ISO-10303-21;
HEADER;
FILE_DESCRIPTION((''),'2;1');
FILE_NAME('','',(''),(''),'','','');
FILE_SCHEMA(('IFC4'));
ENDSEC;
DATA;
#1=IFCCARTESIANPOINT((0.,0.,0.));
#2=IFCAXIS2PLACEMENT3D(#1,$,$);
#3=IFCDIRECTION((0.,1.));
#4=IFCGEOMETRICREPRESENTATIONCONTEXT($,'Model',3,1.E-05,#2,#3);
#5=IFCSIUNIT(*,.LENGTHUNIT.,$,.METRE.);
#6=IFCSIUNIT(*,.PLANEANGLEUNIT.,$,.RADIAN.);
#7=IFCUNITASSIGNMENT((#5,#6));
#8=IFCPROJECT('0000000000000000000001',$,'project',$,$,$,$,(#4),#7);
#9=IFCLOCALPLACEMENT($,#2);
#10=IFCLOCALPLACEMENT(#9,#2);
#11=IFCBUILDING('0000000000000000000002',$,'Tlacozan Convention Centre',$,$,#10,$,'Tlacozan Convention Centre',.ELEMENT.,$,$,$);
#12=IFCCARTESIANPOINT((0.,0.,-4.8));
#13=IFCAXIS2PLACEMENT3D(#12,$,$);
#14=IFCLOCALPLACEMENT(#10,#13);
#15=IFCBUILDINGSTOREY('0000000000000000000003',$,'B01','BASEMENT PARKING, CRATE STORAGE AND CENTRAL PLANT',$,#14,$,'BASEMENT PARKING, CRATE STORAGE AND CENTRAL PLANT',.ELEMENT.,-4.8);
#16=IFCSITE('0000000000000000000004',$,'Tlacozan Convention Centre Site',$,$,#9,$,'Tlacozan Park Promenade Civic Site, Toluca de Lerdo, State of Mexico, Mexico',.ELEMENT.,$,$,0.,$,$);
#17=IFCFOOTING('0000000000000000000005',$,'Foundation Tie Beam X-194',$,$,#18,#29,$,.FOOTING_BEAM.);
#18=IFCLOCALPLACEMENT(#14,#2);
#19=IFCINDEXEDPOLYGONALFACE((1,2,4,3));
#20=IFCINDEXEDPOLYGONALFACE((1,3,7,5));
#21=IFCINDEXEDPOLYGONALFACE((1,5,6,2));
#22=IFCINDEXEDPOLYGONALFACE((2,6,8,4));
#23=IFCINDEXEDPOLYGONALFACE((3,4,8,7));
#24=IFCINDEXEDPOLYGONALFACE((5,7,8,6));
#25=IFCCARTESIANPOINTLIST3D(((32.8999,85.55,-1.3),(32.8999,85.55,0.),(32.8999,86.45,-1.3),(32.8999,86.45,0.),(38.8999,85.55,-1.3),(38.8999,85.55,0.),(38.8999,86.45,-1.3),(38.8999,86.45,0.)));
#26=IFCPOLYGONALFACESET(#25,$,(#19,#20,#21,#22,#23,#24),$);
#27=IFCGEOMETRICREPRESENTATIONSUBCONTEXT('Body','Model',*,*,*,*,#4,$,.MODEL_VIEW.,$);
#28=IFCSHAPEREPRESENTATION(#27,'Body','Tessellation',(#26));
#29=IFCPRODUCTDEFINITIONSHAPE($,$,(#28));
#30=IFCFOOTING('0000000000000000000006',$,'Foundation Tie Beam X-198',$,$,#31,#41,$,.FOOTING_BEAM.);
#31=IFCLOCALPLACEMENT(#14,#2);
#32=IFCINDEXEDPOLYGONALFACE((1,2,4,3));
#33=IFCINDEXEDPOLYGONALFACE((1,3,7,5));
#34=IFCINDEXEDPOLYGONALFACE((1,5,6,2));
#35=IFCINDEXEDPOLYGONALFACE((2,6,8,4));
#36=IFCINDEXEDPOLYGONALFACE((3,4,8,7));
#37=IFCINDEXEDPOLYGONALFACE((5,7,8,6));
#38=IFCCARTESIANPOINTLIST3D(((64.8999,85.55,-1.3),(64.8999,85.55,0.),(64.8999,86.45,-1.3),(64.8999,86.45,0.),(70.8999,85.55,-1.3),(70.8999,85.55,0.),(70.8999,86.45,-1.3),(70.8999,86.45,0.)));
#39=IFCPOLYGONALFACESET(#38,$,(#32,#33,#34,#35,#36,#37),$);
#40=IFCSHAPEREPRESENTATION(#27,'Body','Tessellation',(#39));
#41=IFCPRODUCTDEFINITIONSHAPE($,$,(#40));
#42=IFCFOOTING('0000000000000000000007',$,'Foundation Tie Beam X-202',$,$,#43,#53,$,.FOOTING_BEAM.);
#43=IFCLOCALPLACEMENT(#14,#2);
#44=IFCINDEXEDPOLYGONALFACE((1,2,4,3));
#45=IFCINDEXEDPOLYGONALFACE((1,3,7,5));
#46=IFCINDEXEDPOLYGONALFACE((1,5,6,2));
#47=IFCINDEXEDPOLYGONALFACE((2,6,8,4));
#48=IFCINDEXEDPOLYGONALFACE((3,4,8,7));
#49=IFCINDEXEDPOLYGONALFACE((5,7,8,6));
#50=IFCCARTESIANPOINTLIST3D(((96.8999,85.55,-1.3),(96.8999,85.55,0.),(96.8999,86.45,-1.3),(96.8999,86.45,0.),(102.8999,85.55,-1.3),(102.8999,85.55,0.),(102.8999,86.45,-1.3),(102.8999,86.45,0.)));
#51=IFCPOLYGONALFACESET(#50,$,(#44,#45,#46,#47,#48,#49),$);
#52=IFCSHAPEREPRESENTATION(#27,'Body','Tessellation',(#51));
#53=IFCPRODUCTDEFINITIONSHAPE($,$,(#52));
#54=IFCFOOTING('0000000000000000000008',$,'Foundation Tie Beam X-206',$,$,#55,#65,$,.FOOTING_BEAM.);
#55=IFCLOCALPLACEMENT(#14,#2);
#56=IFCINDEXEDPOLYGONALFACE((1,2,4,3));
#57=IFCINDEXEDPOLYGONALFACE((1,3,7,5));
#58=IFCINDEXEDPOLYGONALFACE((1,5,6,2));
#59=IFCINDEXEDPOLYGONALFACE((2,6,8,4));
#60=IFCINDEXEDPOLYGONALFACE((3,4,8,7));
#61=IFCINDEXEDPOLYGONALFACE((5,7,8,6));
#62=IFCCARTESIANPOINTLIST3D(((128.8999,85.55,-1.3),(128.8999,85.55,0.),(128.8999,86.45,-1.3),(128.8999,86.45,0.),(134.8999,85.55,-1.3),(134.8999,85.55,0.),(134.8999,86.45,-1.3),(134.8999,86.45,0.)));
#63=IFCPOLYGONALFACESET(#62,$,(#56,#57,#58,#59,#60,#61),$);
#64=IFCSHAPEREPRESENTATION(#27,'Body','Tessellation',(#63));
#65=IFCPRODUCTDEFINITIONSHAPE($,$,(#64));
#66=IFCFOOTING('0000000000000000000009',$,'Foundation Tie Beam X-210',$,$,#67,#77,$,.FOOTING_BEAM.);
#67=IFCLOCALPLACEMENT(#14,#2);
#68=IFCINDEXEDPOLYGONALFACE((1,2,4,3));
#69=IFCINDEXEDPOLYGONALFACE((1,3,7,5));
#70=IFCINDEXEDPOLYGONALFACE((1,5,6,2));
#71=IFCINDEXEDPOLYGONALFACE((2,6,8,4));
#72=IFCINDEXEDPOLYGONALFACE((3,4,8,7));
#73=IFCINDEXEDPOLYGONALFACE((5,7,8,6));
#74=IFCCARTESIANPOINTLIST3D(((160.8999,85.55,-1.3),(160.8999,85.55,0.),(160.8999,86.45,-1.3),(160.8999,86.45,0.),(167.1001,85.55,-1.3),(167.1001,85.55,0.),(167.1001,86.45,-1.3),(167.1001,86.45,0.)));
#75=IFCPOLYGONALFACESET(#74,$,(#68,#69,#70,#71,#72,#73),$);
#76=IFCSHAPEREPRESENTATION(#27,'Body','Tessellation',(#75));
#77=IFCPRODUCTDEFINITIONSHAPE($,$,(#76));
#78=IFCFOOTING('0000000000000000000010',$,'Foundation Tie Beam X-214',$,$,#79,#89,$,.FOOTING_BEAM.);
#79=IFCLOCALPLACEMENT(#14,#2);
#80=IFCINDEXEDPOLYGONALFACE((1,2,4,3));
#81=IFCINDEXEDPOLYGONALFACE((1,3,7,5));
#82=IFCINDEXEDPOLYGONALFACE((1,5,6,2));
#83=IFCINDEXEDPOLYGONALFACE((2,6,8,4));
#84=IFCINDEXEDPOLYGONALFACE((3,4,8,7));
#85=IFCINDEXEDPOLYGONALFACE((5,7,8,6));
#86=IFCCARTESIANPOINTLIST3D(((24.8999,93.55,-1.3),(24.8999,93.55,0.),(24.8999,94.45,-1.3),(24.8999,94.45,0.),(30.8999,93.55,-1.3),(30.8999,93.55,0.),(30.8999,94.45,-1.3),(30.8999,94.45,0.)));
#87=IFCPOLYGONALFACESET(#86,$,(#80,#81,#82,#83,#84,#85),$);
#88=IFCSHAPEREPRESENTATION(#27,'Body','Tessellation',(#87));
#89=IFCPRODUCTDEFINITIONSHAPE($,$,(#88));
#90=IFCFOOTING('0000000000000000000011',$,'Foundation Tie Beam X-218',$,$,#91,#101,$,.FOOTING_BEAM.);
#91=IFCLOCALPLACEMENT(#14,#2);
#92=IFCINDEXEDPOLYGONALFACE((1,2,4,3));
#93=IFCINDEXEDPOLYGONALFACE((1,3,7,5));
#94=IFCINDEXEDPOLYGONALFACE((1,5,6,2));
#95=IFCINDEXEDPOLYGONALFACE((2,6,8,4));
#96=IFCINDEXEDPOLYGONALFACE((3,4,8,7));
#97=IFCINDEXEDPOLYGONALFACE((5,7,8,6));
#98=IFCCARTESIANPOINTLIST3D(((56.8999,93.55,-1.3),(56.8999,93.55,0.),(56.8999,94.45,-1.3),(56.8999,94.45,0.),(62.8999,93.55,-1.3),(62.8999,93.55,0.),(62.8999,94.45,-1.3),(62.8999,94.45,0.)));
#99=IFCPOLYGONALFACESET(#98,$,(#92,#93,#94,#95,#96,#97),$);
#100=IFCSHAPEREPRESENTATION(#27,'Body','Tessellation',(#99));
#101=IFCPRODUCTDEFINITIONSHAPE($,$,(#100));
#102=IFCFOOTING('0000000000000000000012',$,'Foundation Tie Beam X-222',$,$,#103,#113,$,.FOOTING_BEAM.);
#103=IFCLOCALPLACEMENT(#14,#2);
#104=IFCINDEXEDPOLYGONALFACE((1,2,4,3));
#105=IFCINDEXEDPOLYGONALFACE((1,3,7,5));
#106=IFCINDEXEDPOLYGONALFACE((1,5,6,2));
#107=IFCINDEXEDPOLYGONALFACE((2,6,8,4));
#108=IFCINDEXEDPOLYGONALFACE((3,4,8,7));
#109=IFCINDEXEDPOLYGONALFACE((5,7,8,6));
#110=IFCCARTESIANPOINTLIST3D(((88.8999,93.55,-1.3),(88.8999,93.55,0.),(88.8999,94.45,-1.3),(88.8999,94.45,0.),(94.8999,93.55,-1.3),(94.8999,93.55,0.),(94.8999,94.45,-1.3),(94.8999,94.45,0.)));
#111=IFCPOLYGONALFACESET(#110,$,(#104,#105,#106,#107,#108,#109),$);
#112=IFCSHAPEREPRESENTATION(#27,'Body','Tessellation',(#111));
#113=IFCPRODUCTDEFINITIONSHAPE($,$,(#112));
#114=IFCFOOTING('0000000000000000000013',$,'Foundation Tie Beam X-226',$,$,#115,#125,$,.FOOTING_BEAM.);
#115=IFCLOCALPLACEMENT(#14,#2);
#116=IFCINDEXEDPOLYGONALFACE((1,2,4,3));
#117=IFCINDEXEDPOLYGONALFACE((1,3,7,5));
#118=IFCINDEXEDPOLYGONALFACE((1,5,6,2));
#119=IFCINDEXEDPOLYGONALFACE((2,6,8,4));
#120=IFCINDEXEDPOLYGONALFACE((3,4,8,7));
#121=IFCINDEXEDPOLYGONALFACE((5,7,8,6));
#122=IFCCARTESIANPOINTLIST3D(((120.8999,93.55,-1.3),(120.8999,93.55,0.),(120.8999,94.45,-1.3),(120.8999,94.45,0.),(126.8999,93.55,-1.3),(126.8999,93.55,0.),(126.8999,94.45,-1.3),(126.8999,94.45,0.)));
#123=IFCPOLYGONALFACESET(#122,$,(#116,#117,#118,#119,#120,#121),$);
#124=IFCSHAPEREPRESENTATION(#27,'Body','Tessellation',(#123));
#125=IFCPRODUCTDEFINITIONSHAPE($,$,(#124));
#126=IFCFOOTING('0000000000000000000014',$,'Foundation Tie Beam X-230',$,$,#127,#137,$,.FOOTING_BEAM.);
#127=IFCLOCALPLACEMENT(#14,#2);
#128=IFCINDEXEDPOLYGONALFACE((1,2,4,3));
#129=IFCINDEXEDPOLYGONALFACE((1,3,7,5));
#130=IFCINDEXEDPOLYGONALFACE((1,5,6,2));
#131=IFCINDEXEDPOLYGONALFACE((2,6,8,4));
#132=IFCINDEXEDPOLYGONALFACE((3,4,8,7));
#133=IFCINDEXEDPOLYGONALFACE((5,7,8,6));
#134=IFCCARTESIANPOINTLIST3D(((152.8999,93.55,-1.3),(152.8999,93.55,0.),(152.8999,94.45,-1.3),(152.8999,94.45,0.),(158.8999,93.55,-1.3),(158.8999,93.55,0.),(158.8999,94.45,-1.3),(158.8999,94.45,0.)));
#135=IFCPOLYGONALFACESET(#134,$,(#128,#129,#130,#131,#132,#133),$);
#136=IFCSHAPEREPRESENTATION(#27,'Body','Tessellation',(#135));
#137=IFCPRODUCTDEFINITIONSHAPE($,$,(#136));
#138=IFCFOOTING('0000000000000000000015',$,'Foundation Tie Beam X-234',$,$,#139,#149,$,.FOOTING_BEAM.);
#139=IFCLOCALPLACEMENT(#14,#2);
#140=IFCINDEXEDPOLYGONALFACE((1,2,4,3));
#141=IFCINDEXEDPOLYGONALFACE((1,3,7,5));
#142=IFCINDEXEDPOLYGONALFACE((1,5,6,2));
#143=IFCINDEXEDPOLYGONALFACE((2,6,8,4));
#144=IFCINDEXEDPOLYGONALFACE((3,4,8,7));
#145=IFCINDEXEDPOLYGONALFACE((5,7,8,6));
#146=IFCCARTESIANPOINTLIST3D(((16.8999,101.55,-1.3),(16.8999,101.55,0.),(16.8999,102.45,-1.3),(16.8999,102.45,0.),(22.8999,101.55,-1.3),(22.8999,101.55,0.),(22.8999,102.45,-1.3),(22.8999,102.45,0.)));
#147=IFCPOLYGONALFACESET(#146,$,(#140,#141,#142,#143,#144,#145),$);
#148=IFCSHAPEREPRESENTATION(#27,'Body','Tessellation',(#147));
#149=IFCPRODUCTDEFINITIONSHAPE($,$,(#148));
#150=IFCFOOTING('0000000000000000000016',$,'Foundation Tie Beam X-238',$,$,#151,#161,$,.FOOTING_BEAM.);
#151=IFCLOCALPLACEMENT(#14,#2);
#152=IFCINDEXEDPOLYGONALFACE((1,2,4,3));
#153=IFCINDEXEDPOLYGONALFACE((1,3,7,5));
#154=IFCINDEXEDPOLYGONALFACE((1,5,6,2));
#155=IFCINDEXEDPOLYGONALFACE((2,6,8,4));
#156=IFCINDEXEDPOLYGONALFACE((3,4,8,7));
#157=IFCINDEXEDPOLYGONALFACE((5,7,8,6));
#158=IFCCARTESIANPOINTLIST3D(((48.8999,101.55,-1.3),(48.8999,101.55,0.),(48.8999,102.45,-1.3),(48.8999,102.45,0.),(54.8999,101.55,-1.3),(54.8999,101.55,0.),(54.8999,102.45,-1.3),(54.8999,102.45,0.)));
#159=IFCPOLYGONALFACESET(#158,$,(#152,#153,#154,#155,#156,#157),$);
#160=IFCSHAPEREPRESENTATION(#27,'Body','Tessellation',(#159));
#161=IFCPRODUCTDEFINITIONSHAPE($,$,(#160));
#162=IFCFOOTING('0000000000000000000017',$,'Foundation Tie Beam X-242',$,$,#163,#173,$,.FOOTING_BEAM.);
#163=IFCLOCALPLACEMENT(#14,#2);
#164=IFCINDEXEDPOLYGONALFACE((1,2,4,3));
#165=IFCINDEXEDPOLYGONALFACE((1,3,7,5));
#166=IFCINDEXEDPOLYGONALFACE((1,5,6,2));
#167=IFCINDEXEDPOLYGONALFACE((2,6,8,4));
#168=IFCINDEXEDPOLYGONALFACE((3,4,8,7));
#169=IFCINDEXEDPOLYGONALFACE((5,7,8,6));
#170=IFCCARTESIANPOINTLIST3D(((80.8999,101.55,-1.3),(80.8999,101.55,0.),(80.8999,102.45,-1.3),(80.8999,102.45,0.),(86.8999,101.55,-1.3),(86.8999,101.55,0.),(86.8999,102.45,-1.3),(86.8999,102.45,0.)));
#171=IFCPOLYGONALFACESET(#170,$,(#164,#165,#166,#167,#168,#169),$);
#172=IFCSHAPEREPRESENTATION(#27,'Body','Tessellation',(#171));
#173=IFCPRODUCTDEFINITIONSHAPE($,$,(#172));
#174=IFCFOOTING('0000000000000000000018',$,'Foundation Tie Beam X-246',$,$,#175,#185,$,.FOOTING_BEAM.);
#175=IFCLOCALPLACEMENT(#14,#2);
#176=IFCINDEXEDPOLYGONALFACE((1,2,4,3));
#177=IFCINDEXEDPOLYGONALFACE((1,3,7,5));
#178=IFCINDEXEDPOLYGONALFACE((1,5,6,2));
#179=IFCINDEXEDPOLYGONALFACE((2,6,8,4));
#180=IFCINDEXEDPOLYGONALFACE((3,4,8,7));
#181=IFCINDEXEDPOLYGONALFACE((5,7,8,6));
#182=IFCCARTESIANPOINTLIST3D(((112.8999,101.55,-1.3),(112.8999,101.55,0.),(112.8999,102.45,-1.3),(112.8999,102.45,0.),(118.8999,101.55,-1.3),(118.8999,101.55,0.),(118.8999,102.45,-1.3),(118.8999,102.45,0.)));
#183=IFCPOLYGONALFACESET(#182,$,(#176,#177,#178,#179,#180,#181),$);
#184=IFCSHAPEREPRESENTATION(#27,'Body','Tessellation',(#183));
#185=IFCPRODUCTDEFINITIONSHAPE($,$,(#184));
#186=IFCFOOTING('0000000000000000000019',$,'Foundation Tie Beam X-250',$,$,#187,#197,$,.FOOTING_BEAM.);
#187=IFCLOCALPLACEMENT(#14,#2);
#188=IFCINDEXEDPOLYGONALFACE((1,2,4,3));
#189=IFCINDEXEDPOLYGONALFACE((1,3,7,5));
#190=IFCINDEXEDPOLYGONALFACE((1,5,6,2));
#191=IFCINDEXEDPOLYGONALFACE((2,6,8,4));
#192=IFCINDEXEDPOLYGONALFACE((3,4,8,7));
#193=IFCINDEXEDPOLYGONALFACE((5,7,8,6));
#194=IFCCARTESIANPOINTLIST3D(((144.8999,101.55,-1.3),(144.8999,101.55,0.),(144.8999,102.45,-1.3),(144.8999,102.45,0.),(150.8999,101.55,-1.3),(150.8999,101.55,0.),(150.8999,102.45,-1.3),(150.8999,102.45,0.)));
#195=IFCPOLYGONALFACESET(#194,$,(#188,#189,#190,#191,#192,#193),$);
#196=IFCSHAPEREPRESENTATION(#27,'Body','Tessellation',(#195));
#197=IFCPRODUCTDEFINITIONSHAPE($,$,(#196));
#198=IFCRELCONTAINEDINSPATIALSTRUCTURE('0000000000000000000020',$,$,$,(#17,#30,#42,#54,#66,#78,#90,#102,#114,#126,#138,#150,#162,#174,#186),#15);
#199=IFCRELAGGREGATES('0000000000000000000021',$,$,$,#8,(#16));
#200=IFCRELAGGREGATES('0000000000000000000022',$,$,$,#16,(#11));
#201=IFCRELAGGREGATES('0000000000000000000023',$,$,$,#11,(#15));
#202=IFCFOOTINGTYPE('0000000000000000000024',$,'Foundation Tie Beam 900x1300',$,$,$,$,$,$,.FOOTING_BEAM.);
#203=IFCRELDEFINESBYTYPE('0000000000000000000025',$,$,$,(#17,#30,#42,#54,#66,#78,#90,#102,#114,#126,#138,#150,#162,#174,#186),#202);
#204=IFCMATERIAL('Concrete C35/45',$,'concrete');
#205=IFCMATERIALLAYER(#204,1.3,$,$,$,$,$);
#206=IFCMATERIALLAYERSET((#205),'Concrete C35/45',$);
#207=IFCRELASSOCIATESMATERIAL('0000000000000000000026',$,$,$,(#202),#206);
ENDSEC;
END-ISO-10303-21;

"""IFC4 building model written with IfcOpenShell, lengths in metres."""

from ifc_helpers import new_model, si_unit, direction, frame, origin, place, context, subcontext, project, spatial, polyline, outline, extrude, material, layer, layer_set, type_object, element, save


model = new_model("IFC4")

# Units and contexts
model_context = context("Model", 3, precision=1e-05, world=origin(), true_north=direction((0.0, 1.0)))
body_context = subcontext(model_context, "Body", "Model", "MODEL_VIEW")
ifc_project = project(units=[si_unit("LENGTHUNIT", "METRE"), si_unit("PLANEANGLEUNIT", "RADIAN")], contexts=[model_context])

# Site, building, storey
site_placement = place(None, origin())
site = spatial("IfcSite", under=ifc_project, at=site_placement, Name="Tlacozan Convention Centre Site", LongName="Tlacozan Park Promenade Civic Site, Toluca de Lerdo, State of Mexico, Mexico", CompositionType="ELEMENT", RefElevation=0.0)
building_placement = place(site_placement, origin())
building = spatial("IfcBuilding", under=site, at=building_placement, Name="Tlacozan Convention Centre", LongName="Tlacozan Convention Centre", CompositionType="ELEMENT")
storey_placement = place(building_placement, frame((0.0, 0.0, -4.8)))
storey = spatial("IfcBuildingStorey", under=building, at=storey_placement, Name="B01", Description="BASEMENT PARKING, CRATE STORAGE AND CENTRAL PLANT", LongName="BASEMENT PARKING, CRATE STORAGE AND CENTRAL PLANT", CompositionType="ELEMENT", Elevation=-4.8)

# Footings
ifc_material = material(Name="Concrete C35/45", Category="concrete")
ifc_layer = layer(ifc_material, 1.3)
ifc_layer_set = layer_set([ifc_layer], Name="Concrete C35/45")
footing_type = type_object("IfcFootingType", Name="Foundation Tie Beam 900x1300", PredefinedType="FOOTING_BEAM", material=ifc_layer_set)
footing_1_placement = place(storey_placement, frame((0.0, 0.0, -1.3)))
element("IfcFooting", 1, at=footing_1_placement, inside=storey, type_object=footing_type, Name="Foundation Tie Beam X-194", PredefinedType="FOOTING_BEAM", context=body_context, shape_type="SweptSolid", body=[
    extrude(outline(polyline([(32.8999, 85.55), (38.8999, 85.55), (38.8999, 86.45), (32.8999, 86.45), (32.8999, 85.55)])), origin(), (0.0, 0.0, 1.0), 1.3),
])
footing_2_placement = place(storey_placement, frame((0.0, 0.0, -1.3)))
element("IfcFooting", 2, at=footing_2_placement, inside=storey, type_object=footing_type, Name="Foundation Tie Beam X-198", PredefinedType="FOOTING_BEAM", context=body_context, shape_type="SweptSolid", body=[
    extrude(outline(polyline([(64.8999, 85.55), (70.8999, 85.55), (70.8999, 86.45), (64.8999, 86.45), (64.8999, 85.55)])), origin(), (0.0, 0.0, 1.0), 1.3),
])
footing_3_placement = place(storey_placement, frame((0.0, 0.0, -1.3)))
element("IfcFooting", 3, at=footing_3_placement, inside=storey, type_object=footing_type, Name="Foundation Tie Beam X-202", PredefinedType="FOOTING_BEAM", context=body_context, shape_type="SweptSolid", body=[
    extrude(outline(polyline([(96.8999, 85.55), (102.8999, 85.55), (102.8999, 86.45), (96.8999, 86.45), (96.8999, 85.55)])), origin(), (0.0, 0.0, 1.0), 1.3),
])
footing_4_placement = place(storey_placement, frame((0.0, 0.0, -1.3)))
element("IfcFooting", 4, at=footing_4_placement, inside=storey, type_object=footing_type, Name="Foundation Tie Beam X-206", PredefinedType="FOOTING_BEAM", context=body_context, shape_type="SweptSolid", body=[
    extrude(outline(polyline([(128.8999, 85.55), (134.8999, 85.55), (134.8999, 86.45), (128.8999, 86.45), (128.8999, 85.55)])), origin(), (0.0, 0.0, 1.0), 1.3),
])
footing_5_placement = place(storey_placement, frame((0.0, 0.0, -1.3)))
element("IfcFooting", 5, at=footing_5_placement, inside=storey, type_object=footing_type, Name="Foundation Tie Beam X-210", PredefinedType="FOOTING_BEAM", context=body_context, shape_type="SweptSolid", body=[
    extrude(outline(polyline([(160.8999, 85.55), (167.1001, 85.55), (167.1001, 86.45), (160.8999, 86.45), (160.8999, 85.55)])), origin(), (0.0, 0.0, 1.0), 1.3),
])
footing_6_placement = place(storey_placement, frame((0.0, 0.0, -1.3)))
element("IfcFooting", 6, at=footing_6_placement, inside=storey, type_object=footing_type, Name="Foundation Tie Beam X-214", PredefinedType="FOOTING_BEAM", context=body_context, shape_type="SweptSolid", body=[
    extrude(outline(polyline([(24.8999, 93.55), (30.8999, 93.55), (30.8999, 94.45), (24.8999, 94.45), (24.8999, 93.55)])), origin(), (0.0, 0.0, 1.0), 1.3),
])
footing_7_placement = place(storey_placement, frame((0.0, 0.0, -1.3)))
element("IfcFooting", 7, at=footing_7_placement, inside=storey, type_object=footing_type, Name="Foundation Tie Beam X-218", PredefinedType="FOOTING_BEAM", context=body_context, shape_type="SweptSolid", body=[
    extrude(outline(polyline([(56.8999, 93.55), (62.8999, 93.55), (62.8999, 94.45), (56.8999, 94.45), (56.8999, 93.55)])), origin(), (0.0, 0.0, 1.0), 1.3),
])
footing_8_placement = place(storey_placement, frame((0.0, 0.0, -1.3)))
element("IfcFooting", 8, at=footing_8_placement, inside=storey, type_object=footing_type, Name="Foundation Tie Beam X-222", PredefinedType="FOOTING_BEAM", context=body_context, shape_type="SweptSolid", body=[
    extrude(outline(polyline([(88.8999, 93.55), (94.8999, 93.55), (94.8999, 94.45), (88.8999, 94.45), (88.8999, 93.55)])), origin(), (0.0, 0.0, 1.0), 1.3),
])
footing_9_placement = place(storey_placement, frame((0.0, 0.0, -1.3)))
element("IfcFooting", 9, at=footing_9_placement, inside=storey, type_object=footing_type, Name="Foundation Tie Beam X-226", PredefinedType="FOOTING_BEAM", context=body_context, shape_type="SweptSolid", body=[
    extrude(outline(polyline([(120.8999, 93.55), (126.8999, 93.55), (126.8999, 94.45), (120.8999, 94.45), (120.8999, 93.55)])), origin(), (0.0, 0.0, 1.0), 1.3),
])
footing_10_placement = place(storey_placement, frame((0.0, 0.0, -1.3)))
element("IfcFooting", 10, at=footing_10_placement, inside=storey, type_object=footing_type, Name="Foundation Tie Beam X-230", PredefinedType="FOOTING_BEAM", context=body_context, shape_type="SweptSolid", body=[
    extrude(outline(polyline([(152.8999, 93.55), (158.8999, 93.55), (158.8999, 94.45), (152.8999, 94.45), (152.8999, 93.55)])), origin(), (0.0, 0.0, 1.0), 1.3),
])
footing_11_placement = place(storey_placement, frame((0.0, 0.0, -1.3)))
element("IfcFooting", 11, at=footing_11_placement, inside=storey, type_object=footing_type, Name="Foundation Tie Beam X-234", PredefinedType="FOOTING_BEAM", context=body_context, shape_type="SweptSolid", body=[
    extrude(outline(polyline([(16.8999, 101.55), (22.8999, 101.55), (22.8999, 102.45), (16.8999, 102.45), (16.8999, 101.55)])), origin(), (0.0, 0.0, 1.0), 1.3),
])
footing_12_placement = place(storey_placement, frame((0.0, 0.0, -1.3)))
element("IfcFooting", 12, at=footing_12_placement, inside=storey, type_object=footing_type, Name="Foundation Tie Beam X-238", PredefinedType="FOOTING_BEAM", context=body_context, shape_type="SweptSolid", body=[
    extrude(outline(polyline([(48.8999, 101.55), (54.8999, 101.55), (54.8999, 102.45), (48.8999, 102.45), (48.8999, 101.55)])), origin(), (0.0, 0.0, 1.0), 1.3),
])
footing_13_placement = place(storey_placement, frame((0.0, 0.0, -1.3)))
element("IfcFooting", 13, at=footing_13_placement, inside=storey, type_object=footing_type, Name="Foundation Tie Beam X-242", PredefinedType="FOOTING_BEAM", context=body_context, shape_type="SweptSolid", body=[
    extrude(outline(polyline([(80.8999, 101.55), (86.8999, 101.55), (86.8999, 102.45), (80.8999, 102.45), (80.8999, 101.55)])), origin(), (0.0, 0.0, 1.0), 1.3),
])
footing_14_placement = place(storey_placement, frame((0.0, 0.0, -1.3)))
element("IfcFooting", 14, at=footing_14_placement, inside=storey, type_object=footing_type, Name="Foundation Tie Beam X-246", PredefinedType="FOOTING_BEAM", context=body_context, shape_type="SweptSolid", body=[
    extrude(outline(polyline([(112.8999, 101.55), (118.8999, 101.55), (118.8999, 102.45), (112.8999, 102.45), (112.8999, 101.55)])), origin(), (0.0, 0.0, 1.0), 1.3),
])
footing_15_placement = place(storey_placement, frame((0.0, 0.0, -1.3)))
element("IfcFooting", 15, at=footing_15_placement, inside=storey, type_object=footing_type, Name="Foundation Tie Beam X-250", PredefinedType="FOOTING_BEAM", context=body_context, shape_type="SweptSolid", body=[
    extrude(outline(polyline([(144.8999, 101.55), (150.8999, 101.55), (150.8999, 102.45), (144.8999, 102.45), (144.8999, 101.55)])), origin(), (0.0, 0.0, 1.0), 1.3),
])

save(model, "model.ifc")
